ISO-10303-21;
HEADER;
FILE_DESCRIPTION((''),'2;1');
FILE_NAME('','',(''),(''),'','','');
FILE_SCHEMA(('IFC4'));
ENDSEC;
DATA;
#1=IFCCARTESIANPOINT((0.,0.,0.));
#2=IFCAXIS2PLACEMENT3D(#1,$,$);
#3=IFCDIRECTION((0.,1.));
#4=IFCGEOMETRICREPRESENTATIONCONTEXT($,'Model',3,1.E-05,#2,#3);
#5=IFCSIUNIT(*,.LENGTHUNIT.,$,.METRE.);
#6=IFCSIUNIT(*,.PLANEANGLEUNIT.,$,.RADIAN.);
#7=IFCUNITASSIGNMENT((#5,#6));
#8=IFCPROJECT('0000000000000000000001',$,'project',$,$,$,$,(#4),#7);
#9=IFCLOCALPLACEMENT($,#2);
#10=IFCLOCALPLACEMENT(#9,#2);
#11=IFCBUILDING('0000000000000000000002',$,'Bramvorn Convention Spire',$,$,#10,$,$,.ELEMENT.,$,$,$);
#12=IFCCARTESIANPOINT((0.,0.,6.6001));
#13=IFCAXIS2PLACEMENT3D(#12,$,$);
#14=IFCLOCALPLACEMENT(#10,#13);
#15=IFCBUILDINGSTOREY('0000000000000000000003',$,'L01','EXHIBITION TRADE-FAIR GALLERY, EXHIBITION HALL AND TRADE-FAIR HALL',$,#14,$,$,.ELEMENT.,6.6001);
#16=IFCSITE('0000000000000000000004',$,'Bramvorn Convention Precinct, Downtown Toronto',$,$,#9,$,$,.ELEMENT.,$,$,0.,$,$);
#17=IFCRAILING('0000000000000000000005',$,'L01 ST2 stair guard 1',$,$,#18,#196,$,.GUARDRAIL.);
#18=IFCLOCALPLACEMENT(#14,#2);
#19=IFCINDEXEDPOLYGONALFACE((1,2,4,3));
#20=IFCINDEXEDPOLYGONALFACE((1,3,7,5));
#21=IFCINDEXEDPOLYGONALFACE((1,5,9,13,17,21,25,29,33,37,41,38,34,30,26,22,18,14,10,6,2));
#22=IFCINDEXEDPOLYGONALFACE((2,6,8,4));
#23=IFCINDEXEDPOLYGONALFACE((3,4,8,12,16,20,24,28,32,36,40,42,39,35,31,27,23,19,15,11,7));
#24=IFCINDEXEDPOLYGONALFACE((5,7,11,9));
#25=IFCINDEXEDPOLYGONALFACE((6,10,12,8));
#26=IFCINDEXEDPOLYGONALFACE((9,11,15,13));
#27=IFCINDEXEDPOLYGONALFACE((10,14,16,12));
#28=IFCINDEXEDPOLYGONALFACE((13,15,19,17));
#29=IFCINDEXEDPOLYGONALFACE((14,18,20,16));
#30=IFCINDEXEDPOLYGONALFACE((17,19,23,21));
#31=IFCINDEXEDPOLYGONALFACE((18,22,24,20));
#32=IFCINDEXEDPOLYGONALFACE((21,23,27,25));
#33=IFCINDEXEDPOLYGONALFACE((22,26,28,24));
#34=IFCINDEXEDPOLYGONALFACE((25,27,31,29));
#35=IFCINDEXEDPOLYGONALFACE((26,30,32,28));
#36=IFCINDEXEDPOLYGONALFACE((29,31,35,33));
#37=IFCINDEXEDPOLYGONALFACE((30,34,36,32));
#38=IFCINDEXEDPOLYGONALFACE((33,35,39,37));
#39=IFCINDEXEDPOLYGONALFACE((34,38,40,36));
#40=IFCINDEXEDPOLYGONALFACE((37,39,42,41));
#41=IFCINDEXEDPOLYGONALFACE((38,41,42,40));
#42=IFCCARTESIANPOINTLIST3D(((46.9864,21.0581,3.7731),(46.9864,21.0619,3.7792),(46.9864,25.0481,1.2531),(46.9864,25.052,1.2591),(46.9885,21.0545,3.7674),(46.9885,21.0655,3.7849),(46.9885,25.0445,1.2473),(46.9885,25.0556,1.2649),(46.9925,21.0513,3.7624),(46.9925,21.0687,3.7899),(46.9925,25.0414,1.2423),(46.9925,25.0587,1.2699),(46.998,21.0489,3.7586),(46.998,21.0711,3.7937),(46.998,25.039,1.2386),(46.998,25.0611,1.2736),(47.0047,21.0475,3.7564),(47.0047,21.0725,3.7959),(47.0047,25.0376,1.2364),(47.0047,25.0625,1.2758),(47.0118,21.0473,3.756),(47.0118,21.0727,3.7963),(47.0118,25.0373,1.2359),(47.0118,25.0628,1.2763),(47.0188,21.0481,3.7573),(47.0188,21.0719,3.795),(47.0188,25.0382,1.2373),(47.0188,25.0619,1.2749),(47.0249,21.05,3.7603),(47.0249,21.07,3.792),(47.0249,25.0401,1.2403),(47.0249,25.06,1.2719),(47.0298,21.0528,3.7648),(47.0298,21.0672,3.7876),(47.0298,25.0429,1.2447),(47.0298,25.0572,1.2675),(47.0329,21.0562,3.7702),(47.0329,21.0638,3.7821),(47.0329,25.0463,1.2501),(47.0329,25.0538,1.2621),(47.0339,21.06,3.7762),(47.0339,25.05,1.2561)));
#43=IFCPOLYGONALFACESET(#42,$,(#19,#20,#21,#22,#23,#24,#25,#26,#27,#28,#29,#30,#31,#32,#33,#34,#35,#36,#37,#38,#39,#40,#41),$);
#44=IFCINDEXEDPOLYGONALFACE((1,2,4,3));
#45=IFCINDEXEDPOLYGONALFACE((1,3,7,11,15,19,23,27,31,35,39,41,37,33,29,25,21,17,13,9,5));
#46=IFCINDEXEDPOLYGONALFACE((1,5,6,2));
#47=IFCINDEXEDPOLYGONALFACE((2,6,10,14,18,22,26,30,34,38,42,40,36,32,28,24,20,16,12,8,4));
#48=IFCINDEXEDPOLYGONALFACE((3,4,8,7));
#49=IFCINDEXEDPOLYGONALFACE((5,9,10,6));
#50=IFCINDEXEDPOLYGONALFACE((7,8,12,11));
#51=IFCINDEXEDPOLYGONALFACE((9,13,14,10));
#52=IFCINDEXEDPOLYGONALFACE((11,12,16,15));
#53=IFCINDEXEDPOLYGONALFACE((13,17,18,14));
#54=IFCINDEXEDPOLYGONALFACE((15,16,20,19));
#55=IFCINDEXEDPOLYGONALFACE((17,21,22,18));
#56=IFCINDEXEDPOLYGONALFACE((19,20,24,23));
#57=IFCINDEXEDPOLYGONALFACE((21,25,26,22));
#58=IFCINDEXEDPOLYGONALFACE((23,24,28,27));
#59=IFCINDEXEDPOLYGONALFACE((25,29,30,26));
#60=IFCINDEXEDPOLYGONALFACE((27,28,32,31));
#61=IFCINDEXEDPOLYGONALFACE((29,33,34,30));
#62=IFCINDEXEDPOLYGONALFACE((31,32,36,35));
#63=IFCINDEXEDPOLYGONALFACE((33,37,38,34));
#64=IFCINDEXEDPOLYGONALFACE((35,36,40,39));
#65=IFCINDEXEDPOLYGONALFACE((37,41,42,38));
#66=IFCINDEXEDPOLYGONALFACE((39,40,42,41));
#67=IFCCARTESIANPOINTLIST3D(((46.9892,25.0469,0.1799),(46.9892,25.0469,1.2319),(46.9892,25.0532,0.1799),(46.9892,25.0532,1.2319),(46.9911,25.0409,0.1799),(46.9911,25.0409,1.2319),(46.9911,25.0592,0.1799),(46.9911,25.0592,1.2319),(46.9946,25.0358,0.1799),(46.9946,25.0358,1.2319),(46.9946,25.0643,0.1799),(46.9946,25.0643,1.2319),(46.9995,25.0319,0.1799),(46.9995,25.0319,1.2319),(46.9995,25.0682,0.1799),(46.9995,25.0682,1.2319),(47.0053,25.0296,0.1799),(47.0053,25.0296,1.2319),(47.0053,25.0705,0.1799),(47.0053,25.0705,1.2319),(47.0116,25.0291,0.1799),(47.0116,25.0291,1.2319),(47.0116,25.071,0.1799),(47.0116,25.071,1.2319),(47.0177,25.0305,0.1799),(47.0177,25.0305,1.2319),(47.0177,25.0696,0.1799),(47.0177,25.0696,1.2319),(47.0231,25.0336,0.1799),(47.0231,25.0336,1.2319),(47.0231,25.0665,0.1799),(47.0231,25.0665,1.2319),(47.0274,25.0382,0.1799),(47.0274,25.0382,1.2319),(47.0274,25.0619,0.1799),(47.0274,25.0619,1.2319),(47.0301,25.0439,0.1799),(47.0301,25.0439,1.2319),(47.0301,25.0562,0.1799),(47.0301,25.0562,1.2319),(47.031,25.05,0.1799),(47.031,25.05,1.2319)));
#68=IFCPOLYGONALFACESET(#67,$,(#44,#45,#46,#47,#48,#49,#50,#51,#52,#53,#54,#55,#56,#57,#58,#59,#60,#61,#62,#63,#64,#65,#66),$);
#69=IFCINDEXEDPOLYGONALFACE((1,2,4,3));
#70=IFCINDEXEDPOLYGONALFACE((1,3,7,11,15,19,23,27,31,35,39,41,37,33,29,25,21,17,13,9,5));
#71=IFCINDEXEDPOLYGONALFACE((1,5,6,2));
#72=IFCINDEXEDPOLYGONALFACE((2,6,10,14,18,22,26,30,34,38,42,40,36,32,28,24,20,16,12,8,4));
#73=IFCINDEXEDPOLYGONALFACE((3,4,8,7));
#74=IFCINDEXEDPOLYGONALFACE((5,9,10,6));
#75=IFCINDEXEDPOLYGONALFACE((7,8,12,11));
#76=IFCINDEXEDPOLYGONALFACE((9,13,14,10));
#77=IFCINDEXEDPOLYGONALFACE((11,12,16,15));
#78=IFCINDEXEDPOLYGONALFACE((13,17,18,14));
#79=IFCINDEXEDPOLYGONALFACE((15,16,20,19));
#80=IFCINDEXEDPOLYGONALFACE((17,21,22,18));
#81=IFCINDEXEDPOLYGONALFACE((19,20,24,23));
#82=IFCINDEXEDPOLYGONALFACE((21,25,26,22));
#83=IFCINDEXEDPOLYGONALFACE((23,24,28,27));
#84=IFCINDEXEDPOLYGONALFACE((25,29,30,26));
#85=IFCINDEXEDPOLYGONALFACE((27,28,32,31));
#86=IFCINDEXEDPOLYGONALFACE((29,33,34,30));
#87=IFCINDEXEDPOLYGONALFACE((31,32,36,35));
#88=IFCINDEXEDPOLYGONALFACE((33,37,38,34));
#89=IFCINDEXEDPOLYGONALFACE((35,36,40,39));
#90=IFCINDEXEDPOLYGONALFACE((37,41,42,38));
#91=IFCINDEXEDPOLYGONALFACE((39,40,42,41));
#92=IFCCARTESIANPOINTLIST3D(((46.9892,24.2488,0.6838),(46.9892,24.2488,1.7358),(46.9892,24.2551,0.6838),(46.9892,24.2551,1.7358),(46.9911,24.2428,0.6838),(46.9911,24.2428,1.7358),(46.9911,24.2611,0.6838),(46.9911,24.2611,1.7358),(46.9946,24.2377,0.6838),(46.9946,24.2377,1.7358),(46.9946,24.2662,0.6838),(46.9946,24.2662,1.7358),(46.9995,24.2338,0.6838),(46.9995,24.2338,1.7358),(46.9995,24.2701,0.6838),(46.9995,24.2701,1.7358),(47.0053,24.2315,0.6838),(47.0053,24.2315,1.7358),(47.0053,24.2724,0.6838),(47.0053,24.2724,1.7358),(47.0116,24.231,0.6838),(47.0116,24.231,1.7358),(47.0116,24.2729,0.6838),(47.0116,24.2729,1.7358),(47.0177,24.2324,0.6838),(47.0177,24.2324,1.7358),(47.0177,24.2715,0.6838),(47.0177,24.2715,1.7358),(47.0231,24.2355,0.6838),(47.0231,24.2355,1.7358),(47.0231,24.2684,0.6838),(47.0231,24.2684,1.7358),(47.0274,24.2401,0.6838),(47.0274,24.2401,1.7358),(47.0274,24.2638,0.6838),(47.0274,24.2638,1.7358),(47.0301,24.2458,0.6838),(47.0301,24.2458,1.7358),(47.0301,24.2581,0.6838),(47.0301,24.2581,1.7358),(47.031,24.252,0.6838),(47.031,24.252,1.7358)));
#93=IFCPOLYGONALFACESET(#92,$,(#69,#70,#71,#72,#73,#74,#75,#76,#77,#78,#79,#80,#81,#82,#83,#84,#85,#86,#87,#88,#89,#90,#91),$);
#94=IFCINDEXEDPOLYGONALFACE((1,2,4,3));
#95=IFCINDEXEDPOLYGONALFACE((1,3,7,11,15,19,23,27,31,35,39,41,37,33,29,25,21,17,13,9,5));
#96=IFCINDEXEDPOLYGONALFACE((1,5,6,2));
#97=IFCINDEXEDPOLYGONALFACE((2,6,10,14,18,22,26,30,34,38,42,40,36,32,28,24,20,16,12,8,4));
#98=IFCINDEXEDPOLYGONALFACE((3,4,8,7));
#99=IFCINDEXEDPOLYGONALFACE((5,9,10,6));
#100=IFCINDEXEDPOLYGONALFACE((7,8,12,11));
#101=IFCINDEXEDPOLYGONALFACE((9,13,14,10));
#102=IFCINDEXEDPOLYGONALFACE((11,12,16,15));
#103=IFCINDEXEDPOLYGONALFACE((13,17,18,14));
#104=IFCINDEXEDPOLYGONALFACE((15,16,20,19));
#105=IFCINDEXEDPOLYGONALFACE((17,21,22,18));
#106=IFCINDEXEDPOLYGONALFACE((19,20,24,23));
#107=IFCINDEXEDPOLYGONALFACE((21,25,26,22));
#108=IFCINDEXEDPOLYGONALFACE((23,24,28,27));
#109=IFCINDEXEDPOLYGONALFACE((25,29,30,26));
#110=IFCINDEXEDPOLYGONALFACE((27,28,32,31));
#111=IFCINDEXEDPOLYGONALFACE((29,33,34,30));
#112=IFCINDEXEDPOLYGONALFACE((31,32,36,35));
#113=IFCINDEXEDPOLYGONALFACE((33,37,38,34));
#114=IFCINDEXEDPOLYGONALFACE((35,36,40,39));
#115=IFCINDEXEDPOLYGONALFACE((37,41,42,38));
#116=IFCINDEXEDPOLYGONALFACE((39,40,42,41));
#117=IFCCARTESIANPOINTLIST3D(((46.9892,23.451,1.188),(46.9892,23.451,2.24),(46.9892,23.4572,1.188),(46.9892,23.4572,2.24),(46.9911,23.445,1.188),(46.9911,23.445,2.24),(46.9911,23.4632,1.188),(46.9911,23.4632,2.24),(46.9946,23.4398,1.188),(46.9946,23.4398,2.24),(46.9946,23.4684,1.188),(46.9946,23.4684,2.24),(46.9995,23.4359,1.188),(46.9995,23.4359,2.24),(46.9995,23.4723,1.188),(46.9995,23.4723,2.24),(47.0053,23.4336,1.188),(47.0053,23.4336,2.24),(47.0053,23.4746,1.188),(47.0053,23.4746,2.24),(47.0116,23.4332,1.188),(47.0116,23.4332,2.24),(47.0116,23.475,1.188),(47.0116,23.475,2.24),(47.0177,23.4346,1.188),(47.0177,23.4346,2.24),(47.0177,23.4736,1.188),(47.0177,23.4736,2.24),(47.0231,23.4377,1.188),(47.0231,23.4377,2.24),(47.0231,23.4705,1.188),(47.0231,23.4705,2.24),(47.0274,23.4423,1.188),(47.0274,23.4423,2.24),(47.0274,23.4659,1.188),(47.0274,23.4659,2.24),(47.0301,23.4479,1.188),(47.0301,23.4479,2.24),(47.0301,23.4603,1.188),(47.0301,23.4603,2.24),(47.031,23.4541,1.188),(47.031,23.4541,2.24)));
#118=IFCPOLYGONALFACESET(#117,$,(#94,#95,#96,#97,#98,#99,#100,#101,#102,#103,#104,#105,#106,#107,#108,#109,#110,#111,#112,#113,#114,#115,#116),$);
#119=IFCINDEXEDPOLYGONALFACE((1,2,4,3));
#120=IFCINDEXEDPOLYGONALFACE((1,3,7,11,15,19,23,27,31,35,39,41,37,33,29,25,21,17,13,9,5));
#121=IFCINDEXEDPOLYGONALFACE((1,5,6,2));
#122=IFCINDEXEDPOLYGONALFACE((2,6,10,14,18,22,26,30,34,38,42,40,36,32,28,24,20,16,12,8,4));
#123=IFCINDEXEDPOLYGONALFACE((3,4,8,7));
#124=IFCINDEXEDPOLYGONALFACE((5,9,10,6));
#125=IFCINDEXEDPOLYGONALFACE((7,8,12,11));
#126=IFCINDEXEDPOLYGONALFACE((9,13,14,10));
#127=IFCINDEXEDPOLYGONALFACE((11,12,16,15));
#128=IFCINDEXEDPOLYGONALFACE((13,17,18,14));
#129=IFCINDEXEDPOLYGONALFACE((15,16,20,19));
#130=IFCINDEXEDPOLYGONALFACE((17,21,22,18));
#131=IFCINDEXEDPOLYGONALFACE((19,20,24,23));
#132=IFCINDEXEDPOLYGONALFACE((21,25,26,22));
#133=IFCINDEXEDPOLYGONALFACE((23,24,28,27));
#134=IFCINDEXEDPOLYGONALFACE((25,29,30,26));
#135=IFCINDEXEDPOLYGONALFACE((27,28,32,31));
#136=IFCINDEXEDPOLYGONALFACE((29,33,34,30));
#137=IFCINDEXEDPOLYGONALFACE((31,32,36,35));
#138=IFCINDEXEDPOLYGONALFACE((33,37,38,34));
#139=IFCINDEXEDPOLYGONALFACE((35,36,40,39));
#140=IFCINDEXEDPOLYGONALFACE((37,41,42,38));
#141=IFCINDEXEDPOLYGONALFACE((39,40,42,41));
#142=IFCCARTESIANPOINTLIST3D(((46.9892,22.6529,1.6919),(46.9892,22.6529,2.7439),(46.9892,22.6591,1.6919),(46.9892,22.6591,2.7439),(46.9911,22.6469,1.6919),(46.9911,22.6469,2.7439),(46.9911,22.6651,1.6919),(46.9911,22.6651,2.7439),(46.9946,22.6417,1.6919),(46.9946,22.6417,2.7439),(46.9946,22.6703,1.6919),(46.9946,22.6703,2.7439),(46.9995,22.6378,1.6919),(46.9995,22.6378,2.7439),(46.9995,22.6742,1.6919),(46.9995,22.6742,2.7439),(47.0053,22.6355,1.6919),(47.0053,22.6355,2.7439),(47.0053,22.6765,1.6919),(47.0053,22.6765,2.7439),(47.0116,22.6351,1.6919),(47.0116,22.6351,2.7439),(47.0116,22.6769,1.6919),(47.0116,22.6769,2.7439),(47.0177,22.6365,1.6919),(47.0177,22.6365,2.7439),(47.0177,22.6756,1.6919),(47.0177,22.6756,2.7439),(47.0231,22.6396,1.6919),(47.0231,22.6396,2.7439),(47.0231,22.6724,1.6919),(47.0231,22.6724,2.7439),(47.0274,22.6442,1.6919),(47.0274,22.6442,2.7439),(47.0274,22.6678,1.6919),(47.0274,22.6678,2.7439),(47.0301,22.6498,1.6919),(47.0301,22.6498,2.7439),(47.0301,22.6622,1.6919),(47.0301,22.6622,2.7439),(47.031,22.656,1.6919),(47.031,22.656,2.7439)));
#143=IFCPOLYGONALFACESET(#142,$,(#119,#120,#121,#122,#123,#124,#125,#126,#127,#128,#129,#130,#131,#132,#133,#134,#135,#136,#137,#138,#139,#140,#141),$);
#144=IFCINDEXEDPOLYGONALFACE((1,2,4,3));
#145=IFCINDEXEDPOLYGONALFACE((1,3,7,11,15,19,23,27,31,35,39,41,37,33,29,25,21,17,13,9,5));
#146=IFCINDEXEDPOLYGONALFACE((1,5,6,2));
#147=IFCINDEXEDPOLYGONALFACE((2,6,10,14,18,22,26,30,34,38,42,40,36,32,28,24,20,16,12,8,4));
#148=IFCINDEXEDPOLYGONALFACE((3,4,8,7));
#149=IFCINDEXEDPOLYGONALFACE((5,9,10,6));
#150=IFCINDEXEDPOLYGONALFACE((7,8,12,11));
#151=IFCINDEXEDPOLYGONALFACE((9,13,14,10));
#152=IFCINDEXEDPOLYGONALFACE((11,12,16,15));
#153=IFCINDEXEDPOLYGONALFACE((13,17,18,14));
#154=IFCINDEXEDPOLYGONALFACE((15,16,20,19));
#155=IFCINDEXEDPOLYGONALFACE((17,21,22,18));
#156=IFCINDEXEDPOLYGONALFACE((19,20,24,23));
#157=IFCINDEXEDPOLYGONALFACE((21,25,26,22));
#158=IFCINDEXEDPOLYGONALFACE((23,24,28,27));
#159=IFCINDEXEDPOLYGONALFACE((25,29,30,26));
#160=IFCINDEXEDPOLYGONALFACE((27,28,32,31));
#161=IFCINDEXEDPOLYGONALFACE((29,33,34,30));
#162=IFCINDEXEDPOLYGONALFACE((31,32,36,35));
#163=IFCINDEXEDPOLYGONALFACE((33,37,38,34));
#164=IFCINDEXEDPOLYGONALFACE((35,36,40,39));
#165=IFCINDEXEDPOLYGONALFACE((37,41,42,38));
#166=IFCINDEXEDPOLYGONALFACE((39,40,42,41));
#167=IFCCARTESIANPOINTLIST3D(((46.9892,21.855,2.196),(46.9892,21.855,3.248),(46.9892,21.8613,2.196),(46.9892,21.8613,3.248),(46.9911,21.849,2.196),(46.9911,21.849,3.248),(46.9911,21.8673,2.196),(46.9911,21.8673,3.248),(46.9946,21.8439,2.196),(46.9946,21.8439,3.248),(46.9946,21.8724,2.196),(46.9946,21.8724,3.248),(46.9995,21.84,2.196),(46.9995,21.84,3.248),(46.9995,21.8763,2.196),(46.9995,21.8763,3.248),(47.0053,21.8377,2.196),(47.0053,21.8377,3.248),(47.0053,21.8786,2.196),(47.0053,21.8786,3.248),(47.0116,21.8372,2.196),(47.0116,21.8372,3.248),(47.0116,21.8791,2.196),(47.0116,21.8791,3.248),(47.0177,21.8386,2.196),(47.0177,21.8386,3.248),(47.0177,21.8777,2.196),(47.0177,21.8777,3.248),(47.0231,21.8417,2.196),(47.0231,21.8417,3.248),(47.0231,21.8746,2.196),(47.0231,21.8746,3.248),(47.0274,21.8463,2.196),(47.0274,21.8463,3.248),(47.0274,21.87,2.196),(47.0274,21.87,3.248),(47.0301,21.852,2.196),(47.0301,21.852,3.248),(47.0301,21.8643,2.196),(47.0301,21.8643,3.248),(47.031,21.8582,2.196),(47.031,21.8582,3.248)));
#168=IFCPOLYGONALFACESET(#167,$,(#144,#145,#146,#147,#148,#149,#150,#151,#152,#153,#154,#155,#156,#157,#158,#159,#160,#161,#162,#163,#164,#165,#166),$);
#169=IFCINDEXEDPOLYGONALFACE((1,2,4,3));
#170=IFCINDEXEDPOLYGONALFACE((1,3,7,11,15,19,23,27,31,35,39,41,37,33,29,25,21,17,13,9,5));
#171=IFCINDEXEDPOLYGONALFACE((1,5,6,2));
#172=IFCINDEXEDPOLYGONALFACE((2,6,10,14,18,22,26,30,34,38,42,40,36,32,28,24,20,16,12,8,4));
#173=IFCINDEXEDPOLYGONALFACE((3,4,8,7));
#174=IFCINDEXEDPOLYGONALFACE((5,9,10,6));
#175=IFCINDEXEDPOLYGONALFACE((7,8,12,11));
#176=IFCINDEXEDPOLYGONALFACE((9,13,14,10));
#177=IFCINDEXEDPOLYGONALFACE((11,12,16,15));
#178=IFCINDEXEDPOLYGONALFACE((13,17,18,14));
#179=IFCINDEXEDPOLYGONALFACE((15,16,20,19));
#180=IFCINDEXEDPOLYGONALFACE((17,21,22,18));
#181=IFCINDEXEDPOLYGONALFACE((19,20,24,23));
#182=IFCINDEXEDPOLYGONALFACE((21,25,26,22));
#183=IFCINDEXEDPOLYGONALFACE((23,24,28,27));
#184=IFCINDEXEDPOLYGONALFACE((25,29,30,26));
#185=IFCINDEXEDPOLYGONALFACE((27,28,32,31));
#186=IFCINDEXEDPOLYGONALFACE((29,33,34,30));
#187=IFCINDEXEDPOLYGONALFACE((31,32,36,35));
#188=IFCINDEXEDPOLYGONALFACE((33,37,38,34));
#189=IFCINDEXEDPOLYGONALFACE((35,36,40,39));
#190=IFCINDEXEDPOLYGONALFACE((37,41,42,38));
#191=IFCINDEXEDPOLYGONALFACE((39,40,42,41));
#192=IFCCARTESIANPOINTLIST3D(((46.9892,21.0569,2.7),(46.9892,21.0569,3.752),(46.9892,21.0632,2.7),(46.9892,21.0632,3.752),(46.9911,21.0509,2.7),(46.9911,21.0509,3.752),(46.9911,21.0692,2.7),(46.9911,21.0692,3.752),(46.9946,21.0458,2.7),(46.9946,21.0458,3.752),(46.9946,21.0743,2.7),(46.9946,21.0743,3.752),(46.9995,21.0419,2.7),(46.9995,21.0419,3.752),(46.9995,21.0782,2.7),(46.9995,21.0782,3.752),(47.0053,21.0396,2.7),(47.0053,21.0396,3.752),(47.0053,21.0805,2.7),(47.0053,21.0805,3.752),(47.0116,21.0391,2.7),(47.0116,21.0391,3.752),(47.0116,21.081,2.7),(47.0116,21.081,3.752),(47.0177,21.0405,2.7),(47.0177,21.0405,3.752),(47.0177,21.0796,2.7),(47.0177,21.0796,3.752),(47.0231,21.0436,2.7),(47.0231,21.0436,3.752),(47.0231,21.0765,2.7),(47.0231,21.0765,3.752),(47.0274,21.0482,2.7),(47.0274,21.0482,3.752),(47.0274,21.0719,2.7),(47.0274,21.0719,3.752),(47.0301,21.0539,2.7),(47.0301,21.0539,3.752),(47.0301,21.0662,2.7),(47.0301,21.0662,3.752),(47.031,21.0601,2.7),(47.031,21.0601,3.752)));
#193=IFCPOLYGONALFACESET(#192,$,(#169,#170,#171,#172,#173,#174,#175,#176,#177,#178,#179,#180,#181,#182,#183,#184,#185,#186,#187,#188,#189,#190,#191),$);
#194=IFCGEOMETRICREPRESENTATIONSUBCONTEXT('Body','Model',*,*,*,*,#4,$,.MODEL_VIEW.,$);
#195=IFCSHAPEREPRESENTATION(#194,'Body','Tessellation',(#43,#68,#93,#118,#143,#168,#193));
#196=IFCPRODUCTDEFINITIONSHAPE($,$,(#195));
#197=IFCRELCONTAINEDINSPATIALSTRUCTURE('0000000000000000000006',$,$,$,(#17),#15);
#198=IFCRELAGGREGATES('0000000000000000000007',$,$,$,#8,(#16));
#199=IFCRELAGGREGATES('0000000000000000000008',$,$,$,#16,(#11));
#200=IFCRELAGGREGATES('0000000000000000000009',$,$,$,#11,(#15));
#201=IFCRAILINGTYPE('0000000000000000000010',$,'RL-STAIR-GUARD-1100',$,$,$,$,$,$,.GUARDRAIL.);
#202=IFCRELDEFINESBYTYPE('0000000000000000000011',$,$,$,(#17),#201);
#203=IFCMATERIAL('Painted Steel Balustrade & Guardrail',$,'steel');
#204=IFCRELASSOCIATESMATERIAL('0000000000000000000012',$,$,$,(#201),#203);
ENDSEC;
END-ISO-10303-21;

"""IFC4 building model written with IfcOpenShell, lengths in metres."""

from ifc_helpers import new_model, si_unit, direction, frame, origin, origin_2d, place, context, subcontext, project, spatial, circle, extrude, material, type_object, element, save


model = new_model("IFC4")

# Units and contexts
model_context = context("Model", 3, precision=1e-05, world=origin(), true_north=direction((0.0, 1.0)))
body_context = subcontext(model_context, "Body", "Model", "MODEL_VIEW")
ifc_project = project(units=[si_unit("LENGTHUNIT", "METRE"), si_unit("PLANEANGLEUNIT", "RADIAN")], contexts=[model_context])

# Site, building, storey
site_placement = place(None, origin())
site = spatial("IfcSite", under=ifc_project, at=site_placement, Name="Bramvorn Convention Precinct, Downtown Toronto", CompositionType="ELEMENT", RefElevation=0.0)
building_placement = place(site_placement, origin())
building = spatial("IfcBuilding", under=site, at=building_placement, Name="Bramvorn Convention Spire", CompositionType="ELEMENT")
storey_placement = place(building_placement, frame((0.0, 0.0, 6.6001)))
storey = spatial("IfcBuildingStorey", under=building, at=storey_placement, Name="L01", Description="EXHIBITION TRADE-FAIR GALLERY, EXHIBITION HALL AND TRADE-FAIR HALL", CompositionType="ELEMENT", Elevation=6.6001)

# Railing
ifc_material_1 = material(Name="Painted Steel Balustrade & Guardrail", Category="steel")
railing_type_1 = type_object("IfcRailingType", Name="RL-STAIR-GUARD-1100", PredefinedType="GUARDRAIL", material=ifc_material_1)
railing_1_placement = place(storey_placement, frame((47.01, 25.05, 0.1799)))
element("IfcRailing", 1, at=railing_1_placement, inside=storey, type_object=railing_type_1, Name="L01 ST2 stair guard 1", PredefinedType="GUARDRAIL", context=body_context, shape_type="SweptSolid", body=[
    extrude(circle(Radius=0.0239, at=origin_2d()), frame((0.0, 0.0, 1.0762), z_axis=(0.0, -0.845486, 0.533997), x_axis=(1.0, 0.0, 0.0)), (0.0, 0.0, 1.0), 4.7192),
    extrude(circle(Radius=0.021, at=origin_2d()), origin(), (0.0, 0.0, 1.0), 1.052),
    extrude(circle(Radius=0.021, at=origin_2d()), frame((0.0, -0.7981, 0.5039)), (0.0, 0.0, 1.0), 1.052),
    extrude(circle(Radius=0.021, at=origin_2d()), frame((0.0, -1.5959, 1.0081)), (0.0, 0.0, 1.0), 1.052),
    extrude(circle(Radius=0.021, at=origin_2d()), frame((0.0, -2.394, 1.512)), (0.0, 0.0, 1.0), 1.052),
    extrude(circle(Radius=0.021, at=origin_2d()), frame((0.0, -3.1919, 2.0161)), (0.0, 0.0, 1.0), 1.052),
    extrude(circle(Radius=0.021, at=origin_2d()), frame((0.0, -3.99, 2.52)), (0.0, 0.0, 1.0), 1.052),
])

save(model, "model.ifc")
